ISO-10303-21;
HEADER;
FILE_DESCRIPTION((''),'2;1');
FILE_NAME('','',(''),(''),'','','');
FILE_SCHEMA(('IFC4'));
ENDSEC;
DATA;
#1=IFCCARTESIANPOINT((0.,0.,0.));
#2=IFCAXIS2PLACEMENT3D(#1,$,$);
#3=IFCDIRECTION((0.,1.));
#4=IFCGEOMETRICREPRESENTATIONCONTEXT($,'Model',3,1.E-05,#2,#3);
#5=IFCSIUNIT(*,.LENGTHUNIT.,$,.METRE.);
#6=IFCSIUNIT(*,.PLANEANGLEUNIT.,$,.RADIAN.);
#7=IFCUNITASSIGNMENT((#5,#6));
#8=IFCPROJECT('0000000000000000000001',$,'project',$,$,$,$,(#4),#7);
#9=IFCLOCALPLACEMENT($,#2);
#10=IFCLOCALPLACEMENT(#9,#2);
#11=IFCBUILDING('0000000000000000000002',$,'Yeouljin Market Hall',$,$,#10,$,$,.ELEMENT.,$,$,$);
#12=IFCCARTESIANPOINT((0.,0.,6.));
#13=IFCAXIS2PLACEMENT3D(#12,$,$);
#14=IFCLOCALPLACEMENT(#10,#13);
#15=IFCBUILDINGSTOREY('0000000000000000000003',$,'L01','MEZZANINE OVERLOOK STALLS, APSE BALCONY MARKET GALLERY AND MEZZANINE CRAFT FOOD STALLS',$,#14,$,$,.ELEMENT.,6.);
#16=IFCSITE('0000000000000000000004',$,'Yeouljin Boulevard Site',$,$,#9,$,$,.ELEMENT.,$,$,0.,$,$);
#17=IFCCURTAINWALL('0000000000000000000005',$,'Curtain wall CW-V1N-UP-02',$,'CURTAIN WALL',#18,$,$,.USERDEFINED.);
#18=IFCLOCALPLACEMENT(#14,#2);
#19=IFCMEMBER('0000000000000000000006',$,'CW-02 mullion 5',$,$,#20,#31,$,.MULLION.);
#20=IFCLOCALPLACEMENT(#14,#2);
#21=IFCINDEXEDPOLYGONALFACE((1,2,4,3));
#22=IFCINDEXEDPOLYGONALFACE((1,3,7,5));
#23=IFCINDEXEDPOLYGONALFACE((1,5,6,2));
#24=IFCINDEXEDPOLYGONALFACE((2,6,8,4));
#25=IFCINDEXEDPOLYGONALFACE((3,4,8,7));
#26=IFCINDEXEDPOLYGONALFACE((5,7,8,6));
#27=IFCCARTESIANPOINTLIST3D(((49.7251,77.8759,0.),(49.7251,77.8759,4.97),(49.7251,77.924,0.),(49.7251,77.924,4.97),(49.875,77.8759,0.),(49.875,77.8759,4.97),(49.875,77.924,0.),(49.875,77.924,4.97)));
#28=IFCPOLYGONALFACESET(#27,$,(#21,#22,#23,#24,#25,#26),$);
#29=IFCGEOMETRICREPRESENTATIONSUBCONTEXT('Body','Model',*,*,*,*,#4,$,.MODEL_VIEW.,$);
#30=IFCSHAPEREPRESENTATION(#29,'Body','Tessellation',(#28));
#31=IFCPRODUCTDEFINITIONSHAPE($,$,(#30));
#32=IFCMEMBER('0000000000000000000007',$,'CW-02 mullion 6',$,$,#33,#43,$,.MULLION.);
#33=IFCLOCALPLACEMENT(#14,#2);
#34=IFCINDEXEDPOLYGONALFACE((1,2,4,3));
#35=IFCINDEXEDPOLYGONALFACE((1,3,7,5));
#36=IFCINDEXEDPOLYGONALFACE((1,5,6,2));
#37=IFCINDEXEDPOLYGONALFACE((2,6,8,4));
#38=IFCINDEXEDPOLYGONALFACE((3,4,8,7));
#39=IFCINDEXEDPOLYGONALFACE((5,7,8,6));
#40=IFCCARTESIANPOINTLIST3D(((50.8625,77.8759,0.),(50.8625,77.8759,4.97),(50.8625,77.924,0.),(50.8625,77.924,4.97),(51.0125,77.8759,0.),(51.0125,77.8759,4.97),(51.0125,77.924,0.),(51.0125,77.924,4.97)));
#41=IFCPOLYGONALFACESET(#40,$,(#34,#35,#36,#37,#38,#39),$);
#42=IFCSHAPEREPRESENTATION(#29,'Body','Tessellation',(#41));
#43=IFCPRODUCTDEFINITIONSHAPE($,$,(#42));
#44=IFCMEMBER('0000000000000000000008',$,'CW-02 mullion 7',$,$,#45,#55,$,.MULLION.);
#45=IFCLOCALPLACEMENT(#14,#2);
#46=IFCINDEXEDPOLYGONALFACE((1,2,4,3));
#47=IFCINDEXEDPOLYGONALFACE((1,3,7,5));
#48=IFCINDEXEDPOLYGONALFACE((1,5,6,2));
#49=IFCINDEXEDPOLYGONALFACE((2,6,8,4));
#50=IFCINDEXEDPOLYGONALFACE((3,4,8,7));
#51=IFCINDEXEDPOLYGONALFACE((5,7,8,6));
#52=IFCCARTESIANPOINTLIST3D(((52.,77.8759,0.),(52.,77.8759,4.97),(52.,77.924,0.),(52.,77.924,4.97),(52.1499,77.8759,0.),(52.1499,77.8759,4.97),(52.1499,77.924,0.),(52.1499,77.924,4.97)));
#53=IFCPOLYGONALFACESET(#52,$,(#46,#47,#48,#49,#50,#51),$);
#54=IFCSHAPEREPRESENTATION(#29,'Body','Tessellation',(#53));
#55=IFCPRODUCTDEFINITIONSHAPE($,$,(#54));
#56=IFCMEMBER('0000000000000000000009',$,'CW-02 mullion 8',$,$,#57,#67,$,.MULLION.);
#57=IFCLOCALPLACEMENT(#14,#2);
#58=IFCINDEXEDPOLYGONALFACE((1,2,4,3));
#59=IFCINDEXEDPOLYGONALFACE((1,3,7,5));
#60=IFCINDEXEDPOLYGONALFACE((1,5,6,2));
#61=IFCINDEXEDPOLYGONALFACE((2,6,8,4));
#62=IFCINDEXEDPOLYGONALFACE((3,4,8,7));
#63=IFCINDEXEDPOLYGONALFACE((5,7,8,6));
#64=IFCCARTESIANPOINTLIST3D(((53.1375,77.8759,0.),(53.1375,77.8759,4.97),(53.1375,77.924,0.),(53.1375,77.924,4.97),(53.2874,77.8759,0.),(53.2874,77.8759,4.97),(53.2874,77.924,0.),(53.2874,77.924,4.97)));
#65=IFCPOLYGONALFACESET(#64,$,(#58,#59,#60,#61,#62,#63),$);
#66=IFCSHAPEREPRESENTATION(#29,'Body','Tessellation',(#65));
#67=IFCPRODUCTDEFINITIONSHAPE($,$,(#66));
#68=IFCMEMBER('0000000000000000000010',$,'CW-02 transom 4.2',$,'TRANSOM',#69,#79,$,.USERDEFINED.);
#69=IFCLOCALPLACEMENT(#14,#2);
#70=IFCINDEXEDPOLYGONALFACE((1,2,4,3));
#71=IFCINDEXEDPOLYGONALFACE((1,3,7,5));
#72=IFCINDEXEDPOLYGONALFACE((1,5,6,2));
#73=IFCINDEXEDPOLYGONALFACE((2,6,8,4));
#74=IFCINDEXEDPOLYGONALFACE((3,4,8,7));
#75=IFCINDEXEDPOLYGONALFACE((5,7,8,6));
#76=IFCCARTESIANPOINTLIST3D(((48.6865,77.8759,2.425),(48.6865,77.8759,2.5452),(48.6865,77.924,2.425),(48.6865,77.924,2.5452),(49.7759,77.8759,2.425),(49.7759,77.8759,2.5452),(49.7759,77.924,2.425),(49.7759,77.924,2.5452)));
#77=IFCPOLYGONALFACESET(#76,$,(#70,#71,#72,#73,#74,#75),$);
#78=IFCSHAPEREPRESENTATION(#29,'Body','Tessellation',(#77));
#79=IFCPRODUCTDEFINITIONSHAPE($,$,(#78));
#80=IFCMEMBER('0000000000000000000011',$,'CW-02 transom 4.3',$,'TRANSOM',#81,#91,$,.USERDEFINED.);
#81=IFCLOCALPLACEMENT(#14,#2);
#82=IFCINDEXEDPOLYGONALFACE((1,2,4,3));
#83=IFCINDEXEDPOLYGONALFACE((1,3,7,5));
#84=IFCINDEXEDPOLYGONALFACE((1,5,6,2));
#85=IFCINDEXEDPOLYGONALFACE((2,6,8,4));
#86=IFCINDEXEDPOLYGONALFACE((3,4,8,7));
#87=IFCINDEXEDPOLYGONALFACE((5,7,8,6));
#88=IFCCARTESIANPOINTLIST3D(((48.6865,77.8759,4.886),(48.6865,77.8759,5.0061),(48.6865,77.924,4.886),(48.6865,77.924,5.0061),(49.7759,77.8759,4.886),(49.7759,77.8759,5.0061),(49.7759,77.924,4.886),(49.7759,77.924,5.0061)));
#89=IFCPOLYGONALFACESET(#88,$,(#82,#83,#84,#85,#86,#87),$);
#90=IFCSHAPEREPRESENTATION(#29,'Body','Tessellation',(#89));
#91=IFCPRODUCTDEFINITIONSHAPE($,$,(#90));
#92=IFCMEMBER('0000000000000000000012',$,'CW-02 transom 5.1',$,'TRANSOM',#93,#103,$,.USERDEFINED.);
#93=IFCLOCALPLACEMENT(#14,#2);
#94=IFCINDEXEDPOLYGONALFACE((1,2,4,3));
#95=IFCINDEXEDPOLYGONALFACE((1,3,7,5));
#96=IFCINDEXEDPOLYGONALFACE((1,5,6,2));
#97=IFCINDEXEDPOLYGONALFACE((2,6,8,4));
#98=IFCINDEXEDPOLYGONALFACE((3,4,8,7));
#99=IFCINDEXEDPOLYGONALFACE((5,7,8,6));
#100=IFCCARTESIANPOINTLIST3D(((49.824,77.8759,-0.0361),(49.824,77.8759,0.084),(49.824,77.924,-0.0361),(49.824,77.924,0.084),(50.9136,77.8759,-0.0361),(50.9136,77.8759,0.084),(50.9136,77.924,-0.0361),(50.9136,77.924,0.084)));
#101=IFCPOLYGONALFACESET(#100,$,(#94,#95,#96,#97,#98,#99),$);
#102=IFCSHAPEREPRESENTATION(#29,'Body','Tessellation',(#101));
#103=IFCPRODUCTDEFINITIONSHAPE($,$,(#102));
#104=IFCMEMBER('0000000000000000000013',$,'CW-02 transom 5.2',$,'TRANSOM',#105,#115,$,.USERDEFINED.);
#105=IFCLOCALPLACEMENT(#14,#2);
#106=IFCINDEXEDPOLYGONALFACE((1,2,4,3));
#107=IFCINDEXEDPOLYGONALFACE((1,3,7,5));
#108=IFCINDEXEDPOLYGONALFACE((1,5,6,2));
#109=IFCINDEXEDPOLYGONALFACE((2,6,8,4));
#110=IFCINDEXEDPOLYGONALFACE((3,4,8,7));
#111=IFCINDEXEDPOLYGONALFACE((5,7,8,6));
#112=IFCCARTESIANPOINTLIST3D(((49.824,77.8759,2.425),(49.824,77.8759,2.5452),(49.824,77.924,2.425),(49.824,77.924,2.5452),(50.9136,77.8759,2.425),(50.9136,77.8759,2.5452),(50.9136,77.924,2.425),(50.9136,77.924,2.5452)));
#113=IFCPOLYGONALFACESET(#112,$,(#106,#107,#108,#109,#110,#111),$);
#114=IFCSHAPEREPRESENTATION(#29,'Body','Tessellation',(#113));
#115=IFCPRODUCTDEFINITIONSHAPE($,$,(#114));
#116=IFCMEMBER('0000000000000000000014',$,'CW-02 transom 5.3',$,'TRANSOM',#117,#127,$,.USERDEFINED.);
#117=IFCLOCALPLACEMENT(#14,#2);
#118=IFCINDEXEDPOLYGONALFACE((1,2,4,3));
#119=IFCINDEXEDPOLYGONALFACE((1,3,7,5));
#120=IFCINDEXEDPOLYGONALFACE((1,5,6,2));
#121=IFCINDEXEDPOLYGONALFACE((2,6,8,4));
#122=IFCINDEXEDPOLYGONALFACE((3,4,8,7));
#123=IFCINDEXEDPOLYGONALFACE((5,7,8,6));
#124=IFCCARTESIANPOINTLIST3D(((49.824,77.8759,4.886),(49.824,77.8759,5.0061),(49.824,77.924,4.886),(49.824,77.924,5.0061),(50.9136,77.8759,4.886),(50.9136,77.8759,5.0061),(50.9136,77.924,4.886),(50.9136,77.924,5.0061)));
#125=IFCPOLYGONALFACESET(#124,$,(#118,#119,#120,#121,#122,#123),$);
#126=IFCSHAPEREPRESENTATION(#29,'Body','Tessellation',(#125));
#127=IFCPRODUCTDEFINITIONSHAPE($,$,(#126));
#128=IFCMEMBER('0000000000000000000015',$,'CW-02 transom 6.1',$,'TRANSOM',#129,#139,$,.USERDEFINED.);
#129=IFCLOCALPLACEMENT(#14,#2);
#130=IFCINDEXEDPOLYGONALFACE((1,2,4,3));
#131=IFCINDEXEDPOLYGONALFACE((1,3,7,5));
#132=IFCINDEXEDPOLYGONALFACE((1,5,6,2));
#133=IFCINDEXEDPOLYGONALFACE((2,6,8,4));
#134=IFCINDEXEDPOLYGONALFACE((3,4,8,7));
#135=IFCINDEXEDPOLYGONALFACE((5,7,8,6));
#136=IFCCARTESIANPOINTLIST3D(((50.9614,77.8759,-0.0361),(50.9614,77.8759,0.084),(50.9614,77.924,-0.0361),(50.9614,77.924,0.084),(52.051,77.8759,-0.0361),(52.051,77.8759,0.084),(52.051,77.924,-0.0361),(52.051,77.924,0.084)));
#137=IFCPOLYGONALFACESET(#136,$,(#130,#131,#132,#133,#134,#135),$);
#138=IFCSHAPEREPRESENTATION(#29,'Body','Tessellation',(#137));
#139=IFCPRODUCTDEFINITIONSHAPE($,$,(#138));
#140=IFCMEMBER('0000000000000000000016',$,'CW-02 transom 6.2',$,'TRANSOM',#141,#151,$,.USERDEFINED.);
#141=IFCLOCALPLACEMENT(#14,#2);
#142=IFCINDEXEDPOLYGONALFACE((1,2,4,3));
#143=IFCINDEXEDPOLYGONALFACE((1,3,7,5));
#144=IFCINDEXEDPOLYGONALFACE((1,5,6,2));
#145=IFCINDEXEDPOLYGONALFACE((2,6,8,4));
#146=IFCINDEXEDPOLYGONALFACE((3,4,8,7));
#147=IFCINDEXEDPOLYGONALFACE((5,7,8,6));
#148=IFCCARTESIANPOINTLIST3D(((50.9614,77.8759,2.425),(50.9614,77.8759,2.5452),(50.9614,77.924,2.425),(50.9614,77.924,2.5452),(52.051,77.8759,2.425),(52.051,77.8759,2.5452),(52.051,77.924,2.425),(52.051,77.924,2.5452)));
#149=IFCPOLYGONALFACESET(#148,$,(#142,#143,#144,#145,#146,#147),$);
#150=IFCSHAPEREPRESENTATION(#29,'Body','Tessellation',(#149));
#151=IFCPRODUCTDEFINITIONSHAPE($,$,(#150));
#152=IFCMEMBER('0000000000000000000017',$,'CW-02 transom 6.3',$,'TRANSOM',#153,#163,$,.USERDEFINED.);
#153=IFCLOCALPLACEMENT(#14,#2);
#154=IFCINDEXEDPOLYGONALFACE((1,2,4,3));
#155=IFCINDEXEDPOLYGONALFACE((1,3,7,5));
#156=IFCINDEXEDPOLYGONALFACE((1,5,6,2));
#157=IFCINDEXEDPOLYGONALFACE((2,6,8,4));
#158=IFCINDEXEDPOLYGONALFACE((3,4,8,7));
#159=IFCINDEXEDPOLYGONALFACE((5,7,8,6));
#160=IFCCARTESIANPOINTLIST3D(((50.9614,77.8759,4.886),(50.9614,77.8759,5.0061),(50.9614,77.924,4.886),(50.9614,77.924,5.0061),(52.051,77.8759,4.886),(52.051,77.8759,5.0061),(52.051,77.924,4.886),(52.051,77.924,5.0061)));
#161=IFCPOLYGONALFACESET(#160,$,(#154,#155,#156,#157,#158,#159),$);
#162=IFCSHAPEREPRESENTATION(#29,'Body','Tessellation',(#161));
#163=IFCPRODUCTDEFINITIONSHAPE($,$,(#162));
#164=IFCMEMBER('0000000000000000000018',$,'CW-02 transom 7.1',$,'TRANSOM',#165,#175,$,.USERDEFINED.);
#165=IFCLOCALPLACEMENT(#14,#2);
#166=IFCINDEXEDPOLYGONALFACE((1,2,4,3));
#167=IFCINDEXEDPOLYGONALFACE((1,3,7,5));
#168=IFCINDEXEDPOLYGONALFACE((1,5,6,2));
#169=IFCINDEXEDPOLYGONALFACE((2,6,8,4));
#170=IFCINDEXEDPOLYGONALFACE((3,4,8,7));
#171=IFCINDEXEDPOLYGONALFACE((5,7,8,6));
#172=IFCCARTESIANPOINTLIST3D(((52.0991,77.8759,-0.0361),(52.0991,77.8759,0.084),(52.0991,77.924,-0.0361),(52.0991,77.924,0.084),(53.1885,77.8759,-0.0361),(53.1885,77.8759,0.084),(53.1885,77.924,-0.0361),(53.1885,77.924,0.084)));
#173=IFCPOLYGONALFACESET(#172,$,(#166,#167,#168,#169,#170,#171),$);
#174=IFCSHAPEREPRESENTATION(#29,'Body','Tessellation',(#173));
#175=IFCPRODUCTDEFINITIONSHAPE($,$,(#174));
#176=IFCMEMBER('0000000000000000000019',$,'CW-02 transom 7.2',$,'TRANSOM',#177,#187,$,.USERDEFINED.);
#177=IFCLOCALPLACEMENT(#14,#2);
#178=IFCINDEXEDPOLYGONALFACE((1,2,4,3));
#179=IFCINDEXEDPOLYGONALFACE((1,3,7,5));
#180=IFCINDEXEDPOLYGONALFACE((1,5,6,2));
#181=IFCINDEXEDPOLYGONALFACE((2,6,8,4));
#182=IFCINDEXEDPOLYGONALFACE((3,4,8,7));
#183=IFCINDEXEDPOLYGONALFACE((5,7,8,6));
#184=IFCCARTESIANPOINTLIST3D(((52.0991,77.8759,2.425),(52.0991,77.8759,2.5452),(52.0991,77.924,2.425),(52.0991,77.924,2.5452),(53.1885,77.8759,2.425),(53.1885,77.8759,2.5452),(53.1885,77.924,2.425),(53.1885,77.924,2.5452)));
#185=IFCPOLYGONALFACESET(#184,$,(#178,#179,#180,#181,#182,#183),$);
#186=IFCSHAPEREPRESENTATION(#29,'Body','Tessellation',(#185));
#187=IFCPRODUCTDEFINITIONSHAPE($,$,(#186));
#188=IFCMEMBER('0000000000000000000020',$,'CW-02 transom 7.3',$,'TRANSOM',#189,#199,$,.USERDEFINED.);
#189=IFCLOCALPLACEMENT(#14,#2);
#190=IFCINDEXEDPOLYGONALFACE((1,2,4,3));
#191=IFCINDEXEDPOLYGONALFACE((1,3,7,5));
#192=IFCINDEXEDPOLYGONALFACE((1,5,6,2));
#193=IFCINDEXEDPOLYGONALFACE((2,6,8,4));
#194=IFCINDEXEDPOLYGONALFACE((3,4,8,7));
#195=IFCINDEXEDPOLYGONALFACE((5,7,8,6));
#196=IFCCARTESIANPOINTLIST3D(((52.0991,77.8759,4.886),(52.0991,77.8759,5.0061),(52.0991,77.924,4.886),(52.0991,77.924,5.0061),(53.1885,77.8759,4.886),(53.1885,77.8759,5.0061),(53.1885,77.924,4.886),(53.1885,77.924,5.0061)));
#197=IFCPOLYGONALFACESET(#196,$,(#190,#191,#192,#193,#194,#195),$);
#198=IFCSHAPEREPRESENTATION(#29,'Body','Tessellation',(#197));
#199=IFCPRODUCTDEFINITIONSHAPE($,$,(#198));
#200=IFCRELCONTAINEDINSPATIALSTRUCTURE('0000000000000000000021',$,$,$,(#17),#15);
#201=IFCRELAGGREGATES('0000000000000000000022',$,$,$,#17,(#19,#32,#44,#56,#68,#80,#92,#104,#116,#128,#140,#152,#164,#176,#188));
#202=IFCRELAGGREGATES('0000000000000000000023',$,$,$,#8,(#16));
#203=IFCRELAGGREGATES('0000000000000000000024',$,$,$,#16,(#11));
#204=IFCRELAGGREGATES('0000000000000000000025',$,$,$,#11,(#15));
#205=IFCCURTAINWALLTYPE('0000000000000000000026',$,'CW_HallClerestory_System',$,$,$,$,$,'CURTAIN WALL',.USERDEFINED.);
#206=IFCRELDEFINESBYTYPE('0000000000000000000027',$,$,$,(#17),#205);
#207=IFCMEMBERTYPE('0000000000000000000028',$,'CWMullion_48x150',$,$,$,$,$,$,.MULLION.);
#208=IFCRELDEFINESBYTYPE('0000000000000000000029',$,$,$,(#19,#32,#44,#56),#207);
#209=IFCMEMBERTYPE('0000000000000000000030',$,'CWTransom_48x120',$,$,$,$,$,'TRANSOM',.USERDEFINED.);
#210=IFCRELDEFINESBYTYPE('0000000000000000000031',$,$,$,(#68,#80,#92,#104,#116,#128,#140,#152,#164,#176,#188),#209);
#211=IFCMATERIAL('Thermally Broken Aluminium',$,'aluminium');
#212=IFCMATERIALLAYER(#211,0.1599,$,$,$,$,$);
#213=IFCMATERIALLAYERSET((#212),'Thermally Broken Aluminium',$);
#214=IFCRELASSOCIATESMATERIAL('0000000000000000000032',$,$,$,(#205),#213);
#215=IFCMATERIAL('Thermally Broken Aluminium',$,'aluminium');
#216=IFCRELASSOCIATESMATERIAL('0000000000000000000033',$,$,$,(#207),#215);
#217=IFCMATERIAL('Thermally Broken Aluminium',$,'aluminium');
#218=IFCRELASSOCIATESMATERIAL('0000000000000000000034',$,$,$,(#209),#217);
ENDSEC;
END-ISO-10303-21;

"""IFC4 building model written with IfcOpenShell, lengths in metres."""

from ifc_helpers import new_model, si_unit, direction, frame, origin, origin_2d, place, context, subcontext, project, spatial, rectangle, extrude, material, layer, layer_set, material_profile, profile_set, type_object, element, aggregate, save


model = new_model("IFC4")

# Units and contexts
model_context = context("Model", 3, precision=1e-05, world=origin(), true_north=direction((0.0, 1.0)))
body_context = subcontext(model_context, "Body", "Model", "MODEL_VIEW")
ifc_project = project(units=[si_unit("LENGTHUNIT", "METRE"), si_unit("PLANEANGLEUNIT", "RADIAN")], contexts=[model_context])

# Site, building, storey
site_placement = place(None, origin())
site = spatial("IfcSite", under=ifc_project, at=site_placement, Name="Yeouljin Boulevard Site", CompositionType="ELEMENT", RefElevation=0.0)
building_placement = place(site_placement, origin())
building = spatial("IfcBuilding", under=site, at=building_placement, Name="Yeouljin Market Hall", CompositionType="ELEMENT")
storey_placement = place(building_placement, frame((0.0, 0.0, 6.0)))
storey = spatial("IfcBuildingStorey", under=building, at=storey_placement, Name="L01", Description="MEZZANINE OVERLOOK STALLS, APSE BALCONY MARKET GALLERY AND MEZZANINE CRAFT FOOD STALLS", CompositionType="ELEMENT", Elevation=6.0)

# Curtain wall, members
ifc_material_1 = material(Name="Thermally Broken Aluminium", Category="aluminium")
ifc_layer_1 = layer(ifc_material_1, 0.1599)
ifc_layer_set_1 = layer_set([ifc_layer_1], Name="Thermally Broken Aluminium")
curtain_wall_type = type_object("IfcCurtainWallType", Name="CW_HallClerestory_System", ElementType="CURTAIN WALL", PredefinedType="USERDEFINED", material=ifc_layer_set_1)
curtain_wall_placement = place(storey_placement, origin())
curtain_wall = element("IfcCurtainWall", 1, at=curtain_wall_placement, inside=storey, type_object=curtain_wall_type, Name="Curtain wall CW-V1N-UP-02", ObjectType="CURTAIN WALL", PredefinedType="USERDEFINED")
ifc_material_2 = material(Name="Thermally Broken Aluminium", Category="aluminium")
ifc_material_profile_1 = material_profile(ifc_material_2, rectangle(XDim=0.0481, YDim=0.1499, at=origin_2d()), Name="CW-MULL-48x150")
ifc_profile_set_1 = profile_set([ifc_material_profile_1], Name="Thermally Broken Aluminium")
member_type_1 = type_object("IfcMemberType", Name="CWMullion_48x150", PredefinedType="MULLION", material=ifc_profile_set_1)
member_1_placement = place(storey_placement, frame((49.8, 77.8999, 0.0), z_axis=(0.0, 0.0, 1.0), x_axis=(0.0, 1.0, 0.0)))
member_1 = element("IfcMember", 2, at=member_1_placement, type_object=member_type_1, Name="CW-02 mullion 5", PredefinedType="MULLION", context=body_context, shape_type="SweptSolid", body=[
    extrude(rectangle(XDim=0.0481, YDim=0.1499, at=origin_2d()), origin(), (0.0, 0.0, 1.0), 4.97),
])
member_2_placement = place(storey_placement, frame((50.9375, 77.8999, 0.0), z_axis=(0.0, 0.0, 1.0), x_axis=(0.0, 1.0, 0.0)))
member_2 = element("IfcMember", 3, at=member_2_placement, type_object=member_type_1, Name="CW-02 mullion 6", PredefinedType="MULLION", context=body_context, shape_type="SweptSolid", body=[
    extrude(rectangle(XDim=0.0481, YDim=0.1499, at=origin_2d()), origin(), (0.0, 0.0, 1.0), 4.97),
])
member_3_placement = place(storey_placement, frame((52.075, 77.8999, 0.0), z_axis=(0.0, 0.0, 1.0), x_axis=(0.0, 1.0, 0.0)))
member_3 = element("IfcMember", 4, at=member_3_placement, type_object=member_type_1, Name="CW-02 mullion 7", PredefinedType="MULLION", context=body_context, shape_type="SweptSolid", body=[
    extrude(rectangle(XDim=0.0481, YDim=0.1499, at=origin_2d()), origin(), (0.0, 0.0, 1.0), 4.97),
])
member_4_placement = place(storey_placement, frame((53.2124, 77.8999, 0.0), z_axis=(0.0, 0.0, 1.0), x_axis=(0.0, 1.0, 0.0)))
member_4 = element("IfcMember", 5, at=member_4_placement, type_object=member_type_1, Name="CW-02 mullion 8", PredefinedType="MULLION", context=body_context, shape_type="SweptSolid", body=[
    extrude(rectangle(XDim=0.0481, YDim=0.1499, at=origin_2d()), origin(), (0.0, 0.0, 1.0), 4.97),
])
ifc_material_3 = material(Name="Thermally Broken Aluminium", Category="aluminium")
ifc_material_profile_2 = material_profile(ifc_material_3, rectangle(XDim=0.0481, YDim=0.1201, at=origin_2d()), Name="CW-TRAN-48x120")
ifc_profile_set_2 = profile_set([ifc_material_profile_2], Name="Thermally Broken Aluminium")
member_type_2 = type_object("IfcMemberType", Name="CWTransom_48x120", ElementType="TRANSOM", PredefinedType="USERDEFINED", material=ifc_profile_set_2)
member_5_placement = place(storey_placement, frame((48.6865, 77.8999, 2.4851), z_axis=(1.0, 0.0, 0.0), x_axis=(0.0, 1.0, 0.0)))
member_5 = element("IfcMember", 6, at=member_5_placement, type_object=member_type_2, Name="CW-02 transom 4.2", ObjectType="TRANSOM", PredefinedType="USERDEFINED", context=body_context, shape_type="SweptSolid", body=[
    extrude(rectangle(XDim=0.0481, YDim=0.1201, at=origin_2d()), origin(), (0.0, 0.0, 1.0), 1.0894),
])
member_6_placement = place(storey_placement, frame((48.6865, 77.8999, 4.946), z_axis=(1.0, 0.0, 0.0), x_axis=(0.0, 1.0, 0.0)))
member_6 = element("IfcMember", 7, at=member_6_placement, type_object=member_type_2, Name="CW-02 transom 4.3", ObjectType="TRANSOM", PredefinedType="USERDEFINED", context=body_context, shape_type="SweptSolid", body=[
    extrude(rectangle(XDim=0.0481, YDim=0.1201, at=origin_2d()), origin(), (0.0, 0.0, 1.0), 1.0894),
])
member_7_placement = place(storey_placement, frame((49.824, 77.8999, 0.0239), z_axis=(1.0, 0.0, 0.0), x_axis=(0.0, 1.0, 0.0)))
member_7 = element("IfcMember", 8, at=member_7_placement, type_object=member_type_2, Name="CW-02 transom 5.1", ObjectType="TRANSOM", PredefinedType="USERDEFINED", context=body_context, shape_type="SweptSolid", body=[
    extrude(rectangle(XDim=0.0481, YDim=0.1201, at=origin_2d()), origin(), (0.0, 0.0, 1.0), 1.0896),
])
member_8_placement = place(storey_placement, frame((49.824, 77.8999, 2.4851), z_axis=(1.0, 0.0, 0.0), x_axis=(0.0, 1.0, 0.0)))
member_8 = element("IfcMember", 9, at=member_8_placement, type_object=member_type_2, Name="CW-02 transom 5.2", ObjectType="TRANSOM", PredefinedType="USERDEFINED", context=body_context, shape_type="SweptSolid", body=[
    extrude(rectangle(XDim=0.0481, YDim=0.1201, at=origin_2d()), origin(), (0.0, 0.0, 1.0), 1.0896),
])
member_9_placement = place(storey_placement, frame((49.824, 77.8999, 4.946), z_axis=(1.0, 0.0, 0.0), x_axis=(0.0, 1.0, 0.0)))
member_9 = element("IfcMember", 10, at=member_9_placement, type_object=member_type_2, Name="CW-02 transom 5.3", ObjectType="TRANSOM", PredefinedType="USERDEFINED", context=body_context, shape_type="SweptSolid", body=[
    extrude(rectangle(XDim=0.0481, YDim=0.1201, at=origin_2d()), origin(), (0.0, 0.0, 1.0), 1.0896),
])
member_10_placement = place(storey_placement, frame((50.9614, 77.8999, 0.0239), z_axis=(1.0, 0.0, 0.0), x_axis=(0.0, 1.0, 0.0)))
member_10 = element("IfcMember", 11, at=member_10_placement, type_object=member_type_2, Name="CW-02 transom 6.1", ObjectType="TRANSOM", PredefinedType="USERDEFINED", context=body_context, shape_type="SweptSolid", body=[
    extrude(rectangle(XDim=0.0481, YDim=0.1201, at=origin_2d()), origin(), (0.0, 0.0, 1.0), 1.0896),
])
member_11_placement = place(storey_placement, frame((50.9614, 77.8999, 2.4851), z_axis=(1.0, 0.0, 0.0), x_axis=(0.0, 1.0, 0.0)))
member_11 = element("IfcMember", 12, at=member_11_placement, type_object=member_type_2, Name="CW-02 transom 6.2", ObjectType="TRANSOM", PredefinedType="USERDEFINED", context=body_context, shape_type="SweptSolid", body=[
    extrude(rectangle(XDim=0.0481, YDim=0.1201, at=origin_2d()), origin(), (0.0, 0.0, 1.0), 1.0896),
])
member_12_placement = place(storey_placement, frame((50.9614, 77.8999, 4.946), z_axis=(1.0, 0.0, 0.0), x_axis=(0.0, 1.0, 0.0)))
member_12 = element("IfcMember", 13, at=member_12_placement, type_object=member_type_2, Name="CW-02 transom 6.3", ObjectType="TRANSOM", PredefinedType="USERDEFINED", context=body_context, shape_type="SweptSolid", body=[
    extrude(rectangle(XDim=0.0481, YDim=0.1201, at=origin_2d()), origin(), (0.0, 0.0, 1.0), 1.0896),
])
member_13_placement = place(storey_placement, frame((52.0991, 77.8999, 0.0239), z_axis=(1.0, 0.0, 0.0), x_axis=(0.0, 1.0, 0.0)))
member_13 = element("IfcMember", 14, at=member_13_placement, type_object=member_type_2, Name="CW-02 transom 7.1", ObjectType="TRANSOM", PredefinedType="USERDEFINED", context=body_context, shape_type="SweptSolid", body=[
    extrude(rectangle(XDim=0.0481, YDim=0.1201, at=origin_2d()), origin(), (0.0, 0.0, 1.0), 1.0894),
])
member_14_placement = place(storey_placement, frame((52.0991, 77.8999, 2.4851), z_axis=(1.0, 0.0, 0.0), x_axis=(0.0, 1.0, 0.0)))
member_14 = element("IfcMember", 15, at=member_14_placement, type_object=member_type_2, Name="CW-02 transom 7.2", ObjectType="TRANSOM", PredefinedType="USERDEFINED", context=body_context, shape_type="SweptSolid", body=[
    extrude(rectangle(XDim=0.0481, YDim=0.1201, at=origin_2d()), origin(), (0.0, 0.0, 1.0), 1.0894),
])
member_15_placement = place(storey_placement, frame((52.0991, 77.8999, 4.946), z_axis=(1.0, 0.0, 0.0), x_axis=(0.0, 1.0, 0.0)))
member_15 = element("IfcMember", 16, at=member_15_placement, type_object=member_type_2, Name="CW-02 transom 7.3", ObjectType="TRANSOM", PredefinedType="USERDEFINED", context=body_context, shape_type="SweptSolid", body=[
    extrude(rectangle(XDim=0.0481, YDim=0.1201, at=origin_2d()), origin(), (0.0, 0.0, 1.0), 1.0894),
])
aggregate(curtain_wall, [member_1, member_2, member_3, member_4, member_5, member_6, member_7, member_8, member_9, member_10, member_11, member_12, member_13, member_14, member_15])

save(model, "model.ifc")
